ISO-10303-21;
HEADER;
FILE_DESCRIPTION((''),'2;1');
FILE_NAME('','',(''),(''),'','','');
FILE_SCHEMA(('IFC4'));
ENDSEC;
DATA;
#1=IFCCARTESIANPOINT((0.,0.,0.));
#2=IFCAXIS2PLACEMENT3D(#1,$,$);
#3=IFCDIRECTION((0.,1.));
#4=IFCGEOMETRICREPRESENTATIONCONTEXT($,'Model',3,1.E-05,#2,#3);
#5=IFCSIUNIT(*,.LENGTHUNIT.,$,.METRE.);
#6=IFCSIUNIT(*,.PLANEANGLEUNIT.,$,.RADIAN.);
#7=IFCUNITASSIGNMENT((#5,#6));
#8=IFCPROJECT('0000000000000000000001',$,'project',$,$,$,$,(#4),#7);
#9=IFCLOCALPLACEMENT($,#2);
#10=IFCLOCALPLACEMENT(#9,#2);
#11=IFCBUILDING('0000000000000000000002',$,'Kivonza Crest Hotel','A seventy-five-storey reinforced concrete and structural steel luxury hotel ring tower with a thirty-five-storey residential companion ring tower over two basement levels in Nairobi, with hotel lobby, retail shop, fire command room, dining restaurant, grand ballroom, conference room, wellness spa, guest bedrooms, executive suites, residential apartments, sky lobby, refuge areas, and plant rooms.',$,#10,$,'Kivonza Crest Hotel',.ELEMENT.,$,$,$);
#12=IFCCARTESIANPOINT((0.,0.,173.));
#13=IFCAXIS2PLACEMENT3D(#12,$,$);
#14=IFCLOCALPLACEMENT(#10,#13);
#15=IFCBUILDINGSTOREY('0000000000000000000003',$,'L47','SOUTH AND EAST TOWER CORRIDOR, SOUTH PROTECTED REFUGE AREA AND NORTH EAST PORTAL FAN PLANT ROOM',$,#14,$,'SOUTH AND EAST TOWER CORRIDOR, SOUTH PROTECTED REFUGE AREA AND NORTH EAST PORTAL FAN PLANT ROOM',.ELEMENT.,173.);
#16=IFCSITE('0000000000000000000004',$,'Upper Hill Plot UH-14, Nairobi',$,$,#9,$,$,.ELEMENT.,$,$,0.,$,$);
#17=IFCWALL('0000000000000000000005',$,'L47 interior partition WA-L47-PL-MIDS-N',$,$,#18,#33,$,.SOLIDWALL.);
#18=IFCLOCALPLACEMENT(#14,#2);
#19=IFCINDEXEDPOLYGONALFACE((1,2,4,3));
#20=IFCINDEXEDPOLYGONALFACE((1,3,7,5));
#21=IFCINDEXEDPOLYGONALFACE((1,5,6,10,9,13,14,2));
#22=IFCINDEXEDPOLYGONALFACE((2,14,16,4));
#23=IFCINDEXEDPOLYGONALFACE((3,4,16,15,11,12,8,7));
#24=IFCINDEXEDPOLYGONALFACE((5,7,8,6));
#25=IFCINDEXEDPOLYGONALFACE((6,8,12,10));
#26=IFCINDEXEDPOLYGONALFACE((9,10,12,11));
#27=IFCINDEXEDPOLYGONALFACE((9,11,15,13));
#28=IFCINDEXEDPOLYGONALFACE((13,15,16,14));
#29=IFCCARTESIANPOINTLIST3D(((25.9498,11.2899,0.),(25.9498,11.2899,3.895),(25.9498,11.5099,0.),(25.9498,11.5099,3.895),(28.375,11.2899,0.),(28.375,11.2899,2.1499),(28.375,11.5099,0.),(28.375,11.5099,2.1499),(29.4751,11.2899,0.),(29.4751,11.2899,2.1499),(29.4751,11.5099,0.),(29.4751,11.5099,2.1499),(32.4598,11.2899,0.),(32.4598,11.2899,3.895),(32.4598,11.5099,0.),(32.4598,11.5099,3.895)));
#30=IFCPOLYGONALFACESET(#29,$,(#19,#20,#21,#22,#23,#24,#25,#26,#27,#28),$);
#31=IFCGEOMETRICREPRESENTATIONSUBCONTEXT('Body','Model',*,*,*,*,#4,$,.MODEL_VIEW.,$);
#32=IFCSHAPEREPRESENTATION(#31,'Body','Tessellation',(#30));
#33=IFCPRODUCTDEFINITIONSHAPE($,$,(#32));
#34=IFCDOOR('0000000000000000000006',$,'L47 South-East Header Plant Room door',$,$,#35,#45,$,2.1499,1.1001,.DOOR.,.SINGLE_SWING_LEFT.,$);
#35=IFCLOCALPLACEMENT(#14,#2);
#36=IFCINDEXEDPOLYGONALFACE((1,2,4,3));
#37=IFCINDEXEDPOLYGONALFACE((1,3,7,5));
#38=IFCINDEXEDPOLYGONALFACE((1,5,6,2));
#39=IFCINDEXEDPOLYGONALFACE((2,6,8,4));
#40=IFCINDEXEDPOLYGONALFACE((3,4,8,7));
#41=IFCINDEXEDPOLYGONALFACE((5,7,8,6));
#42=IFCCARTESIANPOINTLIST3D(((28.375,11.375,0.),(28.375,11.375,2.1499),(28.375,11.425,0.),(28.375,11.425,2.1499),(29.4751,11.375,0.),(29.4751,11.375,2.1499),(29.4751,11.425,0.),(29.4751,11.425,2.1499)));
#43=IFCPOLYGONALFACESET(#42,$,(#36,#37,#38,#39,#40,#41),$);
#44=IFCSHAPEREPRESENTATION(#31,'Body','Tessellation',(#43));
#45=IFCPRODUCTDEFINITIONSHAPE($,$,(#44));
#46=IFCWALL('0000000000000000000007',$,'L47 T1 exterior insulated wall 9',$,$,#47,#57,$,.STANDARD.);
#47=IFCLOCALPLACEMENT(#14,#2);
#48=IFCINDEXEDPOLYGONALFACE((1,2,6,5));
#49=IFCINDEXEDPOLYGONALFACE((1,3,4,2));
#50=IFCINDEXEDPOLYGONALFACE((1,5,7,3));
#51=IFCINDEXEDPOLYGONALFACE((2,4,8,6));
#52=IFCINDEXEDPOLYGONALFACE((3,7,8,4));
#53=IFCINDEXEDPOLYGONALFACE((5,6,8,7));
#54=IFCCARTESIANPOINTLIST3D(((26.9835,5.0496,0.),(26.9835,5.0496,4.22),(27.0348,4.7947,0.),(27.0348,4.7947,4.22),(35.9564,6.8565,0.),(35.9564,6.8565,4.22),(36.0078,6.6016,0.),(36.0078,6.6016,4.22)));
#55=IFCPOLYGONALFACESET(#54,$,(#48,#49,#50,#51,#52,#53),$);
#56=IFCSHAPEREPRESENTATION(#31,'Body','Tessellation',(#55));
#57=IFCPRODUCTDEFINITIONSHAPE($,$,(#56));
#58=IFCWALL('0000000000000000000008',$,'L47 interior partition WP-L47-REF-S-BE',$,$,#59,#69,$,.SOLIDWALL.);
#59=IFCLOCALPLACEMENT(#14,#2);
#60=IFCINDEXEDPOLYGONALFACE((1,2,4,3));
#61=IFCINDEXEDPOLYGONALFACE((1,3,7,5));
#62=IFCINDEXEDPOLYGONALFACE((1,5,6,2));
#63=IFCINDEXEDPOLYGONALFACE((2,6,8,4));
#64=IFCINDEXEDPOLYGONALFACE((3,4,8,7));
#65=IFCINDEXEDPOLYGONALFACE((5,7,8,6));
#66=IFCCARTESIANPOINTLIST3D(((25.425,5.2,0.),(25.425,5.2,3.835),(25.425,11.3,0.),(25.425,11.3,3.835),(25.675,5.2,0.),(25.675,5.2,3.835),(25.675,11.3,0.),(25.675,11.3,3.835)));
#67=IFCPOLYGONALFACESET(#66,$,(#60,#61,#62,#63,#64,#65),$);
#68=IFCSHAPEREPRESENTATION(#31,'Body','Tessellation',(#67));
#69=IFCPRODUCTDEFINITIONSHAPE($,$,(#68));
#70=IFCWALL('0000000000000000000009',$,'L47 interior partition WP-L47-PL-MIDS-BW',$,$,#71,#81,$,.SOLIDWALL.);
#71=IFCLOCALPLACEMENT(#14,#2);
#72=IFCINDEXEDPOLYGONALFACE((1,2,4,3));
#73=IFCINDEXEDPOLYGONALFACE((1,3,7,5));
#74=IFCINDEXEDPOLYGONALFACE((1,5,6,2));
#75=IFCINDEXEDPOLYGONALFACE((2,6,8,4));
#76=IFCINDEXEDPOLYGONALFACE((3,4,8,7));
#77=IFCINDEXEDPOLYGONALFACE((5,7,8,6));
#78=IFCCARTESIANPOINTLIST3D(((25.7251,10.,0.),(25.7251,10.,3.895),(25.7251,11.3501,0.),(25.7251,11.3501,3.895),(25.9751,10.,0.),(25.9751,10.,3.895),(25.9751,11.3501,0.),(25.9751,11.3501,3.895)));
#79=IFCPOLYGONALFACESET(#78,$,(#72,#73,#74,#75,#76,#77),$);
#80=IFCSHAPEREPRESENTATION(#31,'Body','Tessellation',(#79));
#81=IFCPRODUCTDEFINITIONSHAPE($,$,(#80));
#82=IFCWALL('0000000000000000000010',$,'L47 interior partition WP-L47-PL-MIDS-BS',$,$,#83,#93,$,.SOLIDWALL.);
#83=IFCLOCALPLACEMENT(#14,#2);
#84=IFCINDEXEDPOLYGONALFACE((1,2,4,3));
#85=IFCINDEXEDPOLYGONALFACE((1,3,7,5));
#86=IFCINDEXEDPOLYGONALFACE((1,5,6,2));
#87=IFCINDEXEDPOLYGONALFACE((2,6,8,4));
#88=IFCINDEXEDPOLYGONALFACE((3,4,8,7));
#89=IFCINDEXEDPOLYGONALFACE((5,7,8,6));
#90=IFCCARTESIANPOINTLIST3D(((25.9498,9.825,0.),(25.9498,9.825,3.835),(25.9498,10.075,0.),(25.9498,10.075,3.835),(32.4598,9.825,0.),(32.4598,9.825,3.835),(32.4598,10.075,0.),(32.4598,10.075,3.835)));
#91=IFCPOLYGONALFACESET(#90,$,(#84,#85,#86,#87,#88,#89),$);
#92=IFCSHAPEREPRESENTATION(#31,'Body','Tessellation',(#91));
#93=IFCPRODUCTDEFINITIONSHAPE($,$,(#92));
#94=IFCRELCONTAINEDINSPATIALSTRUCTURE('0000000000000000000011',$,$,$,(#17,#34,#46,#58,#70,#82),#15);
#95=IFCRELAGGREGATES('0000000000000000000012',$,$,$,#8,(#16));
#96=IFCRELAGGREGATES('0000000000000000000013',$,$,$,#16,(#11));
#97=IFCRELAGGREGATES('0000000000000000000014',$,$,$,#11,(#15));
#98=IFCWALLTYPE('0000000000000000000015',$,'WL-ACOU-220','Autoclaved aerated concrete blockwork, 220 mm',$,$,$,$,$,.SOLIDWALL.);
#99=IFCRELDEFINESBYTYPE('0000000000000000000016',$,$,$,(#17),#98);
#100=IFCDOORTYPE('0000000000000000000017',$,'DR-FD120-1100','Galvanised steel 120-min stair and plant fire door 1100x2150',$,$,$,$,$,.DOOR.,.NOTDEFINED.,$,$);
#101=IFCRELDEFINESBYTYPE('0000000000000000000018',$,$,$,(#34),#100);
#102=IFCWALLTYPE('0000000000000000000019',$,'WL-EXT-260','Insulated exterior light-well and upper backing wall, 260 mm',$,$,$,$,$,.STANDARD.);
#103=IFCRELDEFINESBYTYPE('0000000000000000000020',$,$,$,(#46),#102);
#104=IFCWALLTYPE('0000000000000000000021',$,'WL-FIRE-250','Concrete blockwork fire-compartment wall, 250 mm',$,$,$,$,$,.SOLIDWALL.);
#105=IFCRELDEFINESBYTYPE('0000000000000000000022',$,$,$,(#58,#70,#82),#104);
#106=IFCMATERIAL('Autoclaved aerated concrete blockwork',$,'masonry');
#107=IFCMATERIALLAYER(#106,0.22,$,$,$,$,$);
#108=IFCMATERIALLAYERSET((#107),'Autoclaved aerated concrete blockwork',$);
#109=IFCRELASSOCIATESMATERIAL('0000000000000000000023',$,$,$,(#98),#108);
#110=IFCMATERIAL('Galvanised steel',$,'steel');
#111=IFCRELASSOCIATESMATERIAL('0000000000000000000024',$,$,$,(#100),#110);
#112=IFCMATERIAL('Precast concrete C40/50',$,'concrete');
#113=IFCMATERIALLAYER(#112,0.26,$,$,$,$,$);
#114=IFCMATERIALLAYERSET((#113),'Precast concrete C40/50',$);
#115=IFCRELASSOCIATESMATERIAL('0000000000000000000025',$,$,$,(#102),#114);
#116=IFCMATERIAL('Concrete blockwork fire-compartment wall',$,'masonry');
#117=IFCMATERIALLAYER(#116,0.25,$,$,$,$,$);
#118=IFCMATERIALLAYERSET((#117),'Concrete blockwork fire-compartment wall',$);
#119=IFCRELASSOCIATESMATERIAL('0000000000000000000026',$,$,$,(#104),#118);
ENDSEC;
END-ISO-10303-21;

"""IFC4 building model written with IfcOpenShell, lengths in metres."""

from ifc_helpers import new_model, si_unit, direction, frame, frame_2d, origin, place, context, subcontext, project, spatial, rectangle, extrude, material, layer, layer_set, type_object, element, fill, save


model = new_model("IFC4")

# Units and contexts
model_context = context("Model", 3, precision=1e-05, world=origin(), true_north=direction((0.0, 1.0)))
body_context = subcontext(model_context, "Body", "Model", "MODEL_VIEW")
ifc_project = project(units=[si_unit("LENGTHUNIT", "METRE"), si_unit("PLANEANGLEUNIT", "RADIAN")], contexts=[model_context])

# Site, building, storey
site_placement = place(None, origin())
site = spatial("IfcSite", under=ifc_project, at=site_placement, Name="Upper Hill Plot UH-14, Nairobi", CompositionType="ELEMENT", RefElevation=0.0)
building_placement = place(site_placement, origin())
building = spatial("IfcBuilding", under=site, at=building_placement, Name="Kivonza Crest Hotel", Description="A seventy-five-storey reinforced concrete and structural steel luxury hotel ring tower with a thirty-five-storey residential companion ring tower over two basement levels in Nairobi, with hotel lobby, retail shop, fire command room, dining restaurant, grand ballroom, conference room, wellness spa, guest bedrooms, executive suites, residential apartments, sky lobby, refuge areas, and plant rooms.", LongName="Kivonza Crest Hotel", CompositionType="ELEMENT")
storey_placement = place(building_placement, frame((0.0, 0.0, 173.0)))
storey = spatial("IfcBuildingStorey", under=building, at=storey_placement, Name="L47", Description="SOUTH AND EAST TOWER CORRIDOR, SOUTH PROTECTED REFUGE AREA AND NORTH EAST PORTAL FAN PLANT ROOM", LongName="SOUTH AND EAST TOWER CORRIDOR, SOUTH PROTECTED REFUGE AREA AND NORTH EAST PORTAL FAN PLANT ROOM", CompositionType="ELEMENT", Elevation=173.0)

# Wall, opening, door
ifc_material_1 = material(Name="Autoclaved aerated concrete blockwork", Category="masonry")
ifc_layer_1 = layer(ifc_material_1, 0.22)
ifc_layer_set_1 = layer_set([ifc_layer_1], Name="Autoclaved aerated concrete blockwork")
wall_type_1 = type_object("IfcWallType", Name="WL-ACOU-220", Description="Autoclaved aerated concrete blockwork, 220 mm", PredefinedType="SOLIDWALL", material=ifc_layer_set_1)
wall_1_placement = place(storey_placement, frame((25.95, 11.3999, 0.0), z_axis=(0.0, 0.0, 1.0), x_axis=(1.0, 0.0, 0.0)))
wall_1 = element("IfcWall", 1, at=wall_1_placement, inside=storey, type_object=wall_type_1, Name="L47 interior partition WA-L47-PL-MIDS-N", PredefinedType="SOLIDWALL", context=body_context, shape_type="SweptSolid", body=[
    extrude(rectangle(XDim=6.51, YDim=0.22, at=frame_2d((3.2549, 0.0))), origin(), (0.0, 0.0, 1.0), 3.895),
])
opening_placement = place(wall_1_placement, frame((2.425, 0.0, 0.0)))
opening = element("IfcOpeningElement", 2, at=opening_placement, cuts=wall_1, PredefinedType="OPENING", context=body_context, shape_type="SweptSolid", body=[
    extrude(rectangle(XDim=1.1001, YDim=2.1499, at=frame_2d((0.55, 1.075))), frame((0.0, 0.1201, 0.0), z_axis=(0.0, -1.0, 0.0), x_axis=(1.0, 0.0, 0.0)), (0.0, 0.0, 1.0), 0.24),
])
ifc_material_2 = material(Name="Galvanised steel", Category="steel")
door_type = type_object("IfcDoorType", Name="DR-FD120-1100", Description="Galvanised steel 120-min stair and plant fire door 1100x2150", OperationType="NOTDEFINED", PredefinedType="DOOR", material=ifc_material_2)
door_placement = place(opening_placement, frame((1.1001, 0.0, 0.0), z_axis=(0.0, 0.0, 1.0), x_axis=(-1.0, 0.0, 0.0)))
door = element("IfcDoor", 3, at=door_placement, inside=storey, type_object=door_type, Name="L47 South-East Header Plant Room door", OperationType="SINGLE_SWING_LEFT", OverallHeight=2.1499, OverallWidth=1.1001, PredefinedType="DOOR", context=body_context, shape_type="SweptSolid", body=[
    extrude(rectangle(XDim=1.1001, YDim=2.1499, at=frame_2d((0.55, 1.075))), frame((0.0, 0.0249, 0.0), z_axis=(0.0, -1.0, 0.0), x_axis=(1.0, 0.0, 0.0)), (0.0, 0.0, 1.0), 0.05),
])
fill(opening, door)

# Walls
ifc_material_3 = material(Name="Precast concrete C40/50", Category="concrete")
ifc_layer_2 = layer(ifc_material_3, 0.26)
ifc_layer_set_2 = layer_set([ifc_layer_2], Name="Precast concrete C40/50")
wall_type_2 = type_object("IfcWallType", Name="WL-EXT-260", Description="Insulated exterior light-well and upper backing wall, 260 mm", PredefinedType="STANDARD", material=ifc_layer_set_2)
wall_2_placement = place(storey_placement, frame((27.009, 4.9221, 0.0), z_axis=(0.0, 0.0, 1.0), x_axis=(0.980321, 0.197409, 0.0)))
element("IfcWall", 4, at=wall_2_placement, inside=storey, type_object=wall_type_2, Name="L47 T1 exterior insulated wall 9", PredefinedType="STANDARD", context=body_context, shape_type="SweptSolid", body=[
    extrude(rectangle(XDim=9.1531, YDim=0.26, at=frame_2d((4.5767, 0.0))), origin(), (0.0, 0.0, 1.0), 4.22),
])
ifc_material_4 = material(Name="Concrete blockwork fire-compartment wall", Category="masonry")
ifc_layer_3 = layer(ifc_material_4, 0.25)
ifc_layer_set_3 = layer_set([ifc_layer_3], Name="Concrete blockwork fire-compartment wall")
wall_type_3 = type_object("IfcWallType", Name="WL-FIRE-250", Description="Concrete blockwork fire-compartment wall, 250 mm", PredefinedType="SOLIDWALL", material=ifc_layer_set_3)
wall_3_placement = place(storey_placement, frame((25.55, 5.2, 0.0), z_axis=(0.0, 0.0, 1.0), x_axis=(0.0, 1.0, 0.0)))
element("IfcWall", 5, at=wall_3_placement, inside=storey, type_object=wall_type_3, Name="L47 interior partition WP-L47-REF-S-BE", PredefinedType="SOLIDWALL", context=body_context, shape_type="SweptSolid", body=[
    extrude(rectangle(XDim=6.1001, YDim=0.25, at=frame_2d((3.05, 0.0))), origin(), (0.0, 0.0, 1.0), 3.835),
])
wall_4_placement = place(storey_placement, frame((25.8501, 10.0, 0.0), z_axis=(0.0, 0.0, 1.0), x_axis=(0.0, 1.0, 0.0)))
element("IfcWall", 6, at=wall_4_placement, inside=storey, type_object=wall_type_3, Name="L47 interior partition WP-L47-PL-MIDS-BW", PredefinedType="SOLIDWALL", context=body_context, shape_type="SweptSolid", body=[
    extrude(rectangle(XDim=1.3501, YDim=0.25, at=frame_2d((0.675, 0.0))), origin(), (0.0, 0.0, 1.0), 3.895),
])
wall_5_placement = place(storey_placement, frame((25.95, 9.95, 0.0), z_axis=(0.0, 0.0, 1.0), x_axis=(1.0, 0.0, 0.0)))
element("IfcWall", 7, at=wall_5_placement, inside=storey, type_object=wall_type_3, Name="L47 interior partition WP-L47-PL-MIDS-BS", PredefinedType="SOLIDWALL", context=body_context, shape_type="SweptSolid", body=[
    extrude(rectangle(XDim=6.51, YDim=0.25, at=frame_2d((3.2549, 0.0))), origin(), (0.0, 0.0, 1.0), 3.835),
])

save(model, "model.ifc")
